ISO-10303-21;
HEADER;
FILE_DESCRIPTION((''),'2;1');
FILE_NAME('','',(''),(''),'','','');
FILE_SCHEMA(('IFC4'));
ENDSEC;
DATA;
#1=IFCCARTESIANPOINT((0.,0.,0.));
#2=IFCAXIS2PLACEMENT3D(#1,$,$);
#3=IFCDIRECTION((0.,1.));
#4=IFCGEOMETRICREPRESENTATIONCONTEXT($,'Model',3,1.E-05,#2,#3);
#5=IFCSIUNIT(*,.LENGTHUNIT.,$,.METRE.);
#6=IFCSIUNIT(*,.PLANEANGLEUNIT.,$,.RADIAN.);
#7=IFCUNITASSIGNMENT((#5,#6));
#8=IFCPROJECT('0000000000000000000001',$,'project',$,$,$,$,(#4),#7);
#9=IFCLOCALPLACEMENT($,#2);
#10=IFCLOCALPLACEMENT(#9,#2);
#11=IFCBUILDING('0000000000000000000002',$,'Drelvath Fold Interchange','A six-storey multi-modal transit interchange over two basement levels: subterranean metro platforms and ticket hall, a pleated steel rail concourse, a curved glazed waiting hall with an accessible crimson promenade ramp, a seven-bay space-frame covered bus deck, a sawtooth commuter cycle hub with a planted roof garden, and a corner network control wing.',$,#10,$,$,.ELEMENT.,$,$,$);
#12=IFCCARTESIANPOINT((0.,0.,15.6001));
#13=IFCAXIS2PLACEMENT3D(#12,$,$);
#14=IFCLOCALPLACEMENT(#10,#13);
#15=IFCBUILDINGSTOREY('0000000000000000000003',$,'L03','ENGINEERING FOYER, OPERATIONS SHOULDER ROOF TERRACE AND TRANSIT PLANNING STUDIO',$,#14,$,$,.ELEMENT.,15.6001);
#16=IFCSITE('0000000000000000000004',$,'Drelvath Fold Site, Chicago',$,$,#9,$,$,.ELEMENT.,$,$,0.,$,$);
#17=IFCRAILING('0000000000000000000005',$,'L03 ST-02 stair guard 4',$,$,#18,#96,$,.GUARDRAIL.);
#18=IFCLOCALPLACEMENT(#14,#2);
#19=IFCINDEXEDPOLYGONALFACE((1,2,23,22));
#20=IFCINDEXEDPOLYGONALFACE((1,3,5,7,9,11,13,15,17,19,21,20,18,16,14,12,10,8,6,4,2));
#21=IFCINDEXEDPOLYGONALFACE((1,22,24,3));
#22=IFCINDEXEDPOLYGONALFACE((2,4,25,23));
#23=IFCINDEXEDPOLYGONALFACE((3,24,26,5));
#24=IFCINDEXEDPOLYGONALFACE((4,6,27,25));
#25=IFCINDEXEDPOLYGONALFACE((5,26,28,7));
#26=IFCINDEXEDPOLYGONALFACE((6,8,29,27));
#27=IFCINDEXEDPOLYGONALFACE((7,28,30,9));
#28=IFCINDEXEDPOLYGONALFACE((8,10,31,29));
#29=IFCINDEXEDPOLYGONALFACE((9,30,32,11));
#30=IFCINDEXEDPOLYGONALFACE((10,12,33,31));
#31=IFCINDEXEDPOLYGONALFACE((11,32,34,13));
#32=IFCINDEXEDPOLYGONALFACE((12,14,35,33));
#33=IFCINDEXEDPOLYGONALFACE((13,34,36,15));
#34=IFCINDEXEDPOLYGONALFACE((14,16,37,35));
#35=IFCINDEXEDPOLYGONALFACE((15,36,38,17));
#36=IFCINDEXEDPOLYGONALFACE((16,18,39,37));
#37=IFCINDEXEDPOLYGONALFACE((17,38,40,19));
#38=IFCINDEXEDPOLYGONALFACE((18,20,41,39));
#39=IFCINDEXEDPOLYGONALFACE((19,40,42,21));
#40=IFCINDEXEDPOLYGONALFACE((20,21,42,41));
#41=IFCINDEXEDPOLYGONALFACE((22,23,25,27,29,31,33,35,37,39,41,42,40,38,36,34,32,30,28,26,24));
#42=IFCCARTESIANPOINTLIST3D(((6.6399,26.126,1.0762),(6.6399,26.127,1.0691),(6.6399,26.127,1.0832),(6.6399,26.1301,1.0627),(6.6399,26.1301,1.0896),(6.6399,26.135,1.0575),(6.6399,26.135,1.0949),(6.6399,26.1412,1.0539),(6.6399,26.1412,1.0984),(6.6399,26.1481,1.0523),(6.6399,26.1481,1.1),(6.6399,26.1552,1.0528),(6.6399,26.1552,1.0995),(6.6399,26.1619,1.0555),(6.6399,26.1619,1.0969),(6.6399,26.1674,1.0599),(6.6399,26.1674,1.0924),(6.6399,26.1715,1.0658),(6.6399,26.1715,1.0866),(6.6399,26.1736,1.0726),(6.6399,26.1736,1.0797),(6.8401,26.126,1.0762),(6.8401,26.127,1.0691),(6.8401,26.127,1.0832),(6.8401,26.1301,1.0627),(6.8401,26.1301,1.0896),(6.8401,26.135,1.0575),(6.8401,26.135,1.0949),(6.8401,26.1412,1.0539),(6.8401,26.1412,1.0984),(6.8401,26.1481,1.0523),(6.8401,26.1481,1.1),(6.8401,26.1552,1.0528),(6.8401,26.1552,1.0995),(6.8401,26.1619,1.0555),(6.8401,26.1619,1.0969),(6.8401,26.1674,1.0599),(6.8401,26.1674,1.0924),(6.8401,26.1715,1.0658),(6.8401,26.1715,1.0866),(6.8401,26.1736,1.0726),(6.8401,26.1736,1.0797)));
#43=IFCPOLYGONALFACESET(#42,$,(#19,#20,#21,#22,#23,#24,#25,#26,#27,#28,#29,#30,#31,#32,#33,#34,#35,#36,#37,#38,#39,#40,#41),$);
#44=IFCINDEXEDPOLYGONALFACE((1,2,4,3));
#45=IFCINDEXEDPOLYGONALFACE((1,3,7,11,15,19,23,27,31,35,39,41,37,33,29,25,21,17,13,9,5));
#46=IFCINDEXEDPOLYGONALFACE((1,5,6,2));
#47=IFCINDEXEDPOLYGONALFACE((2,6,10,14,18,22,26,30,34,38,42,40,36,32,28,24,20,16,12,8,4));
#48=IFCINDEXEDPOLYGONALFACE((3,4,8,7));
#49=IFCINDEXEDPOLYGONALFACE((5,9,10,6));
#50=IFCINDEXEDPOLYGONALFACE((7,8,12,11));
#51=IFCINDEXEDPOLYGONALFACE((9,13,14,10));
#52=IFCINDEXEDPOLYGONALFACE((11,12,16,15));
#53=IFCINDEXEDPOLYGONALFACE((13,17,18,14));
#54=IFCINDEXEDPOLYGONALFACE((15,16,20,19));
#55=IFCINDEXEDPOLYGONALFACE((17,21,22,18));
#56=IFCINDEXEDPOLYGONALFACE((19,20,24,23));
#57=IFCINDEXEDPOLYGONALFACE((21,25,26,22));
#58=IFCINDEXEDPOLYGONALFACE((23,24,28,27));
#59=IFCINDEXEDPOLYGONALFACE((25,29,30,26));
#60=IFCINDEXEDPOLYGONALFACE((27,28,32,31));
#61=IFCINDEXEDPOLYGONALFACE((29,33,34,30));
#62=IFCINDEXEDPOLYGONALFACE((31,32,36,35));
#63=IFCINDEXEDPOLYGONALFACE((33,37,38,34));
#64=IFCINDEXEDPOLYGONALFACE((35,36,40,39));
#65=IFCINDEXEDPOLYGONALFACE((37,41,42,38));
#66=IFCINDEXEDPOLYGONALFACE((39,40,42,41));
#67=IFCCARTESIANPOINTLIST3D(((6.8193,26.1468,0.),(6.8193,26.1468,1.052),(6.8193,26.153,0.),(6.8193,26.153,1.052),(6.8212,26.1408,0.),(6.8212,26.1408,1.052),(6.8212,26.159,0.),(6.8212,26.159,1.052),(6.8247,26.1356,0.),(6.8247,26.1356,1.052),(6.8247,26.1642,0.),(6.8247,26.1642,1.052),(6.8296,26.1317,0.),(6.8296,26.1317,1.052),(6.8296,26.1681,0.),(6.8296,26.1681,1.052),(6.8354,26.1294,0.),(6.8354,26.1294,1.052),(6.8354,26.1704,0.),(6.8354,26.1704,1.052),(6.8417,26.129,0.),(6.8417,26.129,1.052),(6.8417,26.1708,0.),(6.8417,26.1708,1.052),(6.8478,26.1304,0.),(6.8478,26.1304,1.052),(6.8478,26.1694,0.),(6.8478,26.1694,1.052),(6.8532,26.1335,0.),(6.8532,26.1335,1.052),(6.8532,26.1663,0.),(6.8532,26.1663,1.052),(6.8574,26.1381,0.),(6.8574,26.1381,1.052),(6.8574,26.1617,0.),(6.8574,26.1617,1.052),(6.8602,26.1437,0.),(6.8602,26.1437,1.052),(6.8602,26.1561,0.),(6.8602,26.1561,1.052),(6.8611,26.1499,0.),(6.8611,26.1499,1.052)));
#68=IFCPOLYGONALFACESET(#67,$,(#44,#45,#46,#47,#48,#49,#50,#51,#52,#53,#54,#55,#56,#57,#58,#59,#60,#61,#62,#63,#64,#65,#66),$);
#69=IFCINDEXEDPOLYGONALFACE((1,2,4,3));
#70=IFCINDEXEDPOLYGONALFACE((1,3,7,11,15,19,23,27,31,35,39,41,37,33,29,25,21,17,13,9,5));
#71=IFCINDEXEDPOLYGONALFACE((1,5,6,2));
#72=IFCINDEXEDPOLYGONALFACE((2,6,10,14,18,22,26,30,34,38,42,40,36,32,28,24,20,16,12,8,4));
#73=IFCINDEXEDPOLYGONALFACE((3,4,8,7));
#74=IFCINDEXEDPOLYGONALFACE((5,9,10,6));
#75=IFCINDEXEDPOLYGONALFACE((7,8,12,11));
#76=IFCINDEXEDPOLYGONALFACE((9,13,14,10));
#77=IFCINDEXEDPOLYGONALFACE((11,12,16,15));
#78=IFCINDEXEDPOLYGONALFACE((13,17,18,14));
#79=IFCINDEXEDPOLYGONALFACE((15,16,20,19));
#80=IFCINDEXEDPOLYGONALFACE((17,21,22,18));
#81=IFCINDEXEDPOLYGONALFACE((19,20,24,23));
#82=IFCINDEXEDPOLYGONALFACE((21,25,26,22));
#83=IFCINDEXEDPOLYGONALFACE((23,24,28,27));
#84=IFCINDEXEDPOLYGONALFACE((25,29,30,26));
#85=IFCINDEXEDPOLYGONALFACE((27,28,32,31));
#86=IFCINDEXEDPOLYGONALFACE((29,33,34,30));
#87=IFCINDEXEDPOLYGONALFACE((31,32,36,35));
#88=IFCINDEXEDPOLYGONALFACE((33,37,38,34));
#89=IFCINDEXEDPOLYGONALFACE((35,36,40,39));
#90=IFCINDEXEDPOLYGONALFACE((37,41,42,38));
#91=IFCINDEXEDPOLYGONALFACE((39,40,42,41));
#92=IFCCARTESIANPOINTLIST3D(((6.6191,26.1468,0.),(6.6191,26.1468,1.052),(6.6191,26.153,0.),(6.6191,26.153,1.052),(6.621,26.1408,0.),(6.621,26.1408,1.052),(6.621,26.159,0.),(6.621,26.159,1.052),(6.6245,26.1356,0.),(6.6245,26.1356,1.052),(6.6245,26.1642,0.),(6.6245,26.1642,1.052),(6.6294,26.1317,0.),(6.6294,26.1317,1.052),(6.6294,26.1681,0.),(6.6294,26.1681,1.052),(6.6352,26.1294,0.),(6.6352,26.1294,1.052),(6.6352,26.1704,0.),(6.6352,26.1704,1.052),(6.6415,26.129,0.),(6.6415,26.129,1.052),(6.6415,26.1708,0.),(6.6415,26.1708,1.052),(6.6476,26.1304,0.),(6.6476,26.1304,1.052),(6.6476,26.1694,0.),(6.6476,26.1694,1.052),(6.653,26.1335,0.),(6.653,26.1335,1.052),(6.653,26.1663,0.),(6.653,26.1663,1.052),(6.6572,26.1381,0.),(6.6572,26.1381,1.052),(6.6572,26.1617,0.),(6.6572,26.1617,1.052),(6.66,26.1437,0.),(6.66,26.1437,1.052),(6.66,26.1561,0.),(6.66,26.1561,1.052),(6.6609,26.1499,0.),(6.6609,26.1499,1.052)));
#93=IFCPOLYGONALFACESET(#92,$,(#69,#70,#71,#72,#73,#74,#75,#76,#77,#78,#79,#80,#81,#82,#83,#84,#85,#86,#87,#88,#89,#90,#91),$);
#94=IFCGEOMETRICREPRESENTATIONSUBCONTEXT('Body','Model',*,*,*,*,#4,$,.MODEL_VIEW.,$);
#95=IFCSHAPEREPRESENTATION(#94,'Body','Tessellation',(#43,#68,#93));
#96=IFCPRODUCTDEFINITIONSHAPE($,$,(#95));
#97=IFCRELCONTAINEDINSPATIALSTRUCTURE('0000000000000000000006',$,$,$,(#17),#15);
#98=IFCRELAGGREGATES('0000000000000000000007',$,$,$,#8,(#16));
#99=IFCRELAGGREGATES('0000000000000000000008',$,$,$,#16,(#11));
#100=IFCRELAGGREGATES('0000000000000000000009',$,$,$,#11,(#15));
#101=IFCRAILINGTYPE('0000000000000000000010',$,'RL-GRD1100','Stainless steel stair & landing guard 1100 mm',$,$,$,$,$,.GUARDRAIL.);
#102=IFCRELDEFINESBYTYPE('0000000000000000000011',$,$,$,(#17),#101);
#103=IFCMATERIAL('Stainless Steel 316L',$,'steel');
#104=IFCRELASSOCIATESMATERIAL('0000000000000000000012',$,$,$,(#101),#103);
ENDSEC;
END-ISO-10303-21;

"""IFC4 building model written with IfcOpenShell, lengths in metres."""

from ifc_helpers import new_model, si_unit, direction, frame, origin, origin_2d, place, context, subcontext, project, spatial, circle, extrude, material, type_object, element, save


model = new_model("IFC4")

# Units and contexts
model_context = context("Model", 3, precision=1e-05, world=origin(), true_north=direction((0.0, 1.0)))
body_context = subcontext(model_context, "Body", "Model", "MODEL_VIEW")
ifc_project = project(units=[si_unit("LENGTHUNIT", "METRE"), si_unit("PLANEANGLEUNIT", "RADIAN")], contexts=[model_context])

# Site, building, storey
site_placement = place(None, origin())
site = spatial("IfcSite", under=ifc_project, at=site_placement, Name="Drelvath Fold Site, Chicago", CompositionType="ELEMENT", RefElevation=0.0)
building_placement = place(site_placement, origin())
building = spatial("IfcBuilding", under=site, at=building_placement, Name="Drelvath Fold Interchange", Description="A six-storey multi-modal transit interchange over two basement levels: subterranean metro platforms and ticket hall, a pleated steel rail concourse, a curved glazed waiting hall with an accessible crimson promenade ramp, a seven-bay space-frame covered bus deck, a sawtooth commuter cycle hub with a planted roof garden, and a corner network control wing.", CompositionType="ELEMENT")
storey_placement = place(building_placement, frame((0.0, 0.0, 15.6001)))
storey = spatial("IfcBuildingStorey", under=building, at=storey_placement, Name="L03", Description="ENGINEERING FOYER, OPERATIONS SHOULDER ROOF TERRACE AND TRANSIT PLANNING STUDIO", CompositionType="ELEMENT", Elevation=15.6001)

# Railing
ifc_material_1 = material(Name="Stainless Steel 316L", Category="steel")
railing_type_1 = type_object("IfcRailingType", Name="RL-GRD1100", Description="Stainless steel stair & landing guard 1100 mm", PredefinedType="GUARDRAIL", material=ifc_material_1)
railing_1_placement = place(storey_placement, frame((6.8401, 26.1499, 0.0)))
element("IfcRailing", 1, at=railing_1_placement, inside=storey, type_object=railing_type_1, Name="L03 ST-02 stair guard 4", PredefinedType="GUARDRAIL", context=body_context, shape_type="SweptSolid", body=[
    extrude(circle(Radius=0.0239, at=origin_2d()), frame((0.0, 0.0, 1.0762), z_axis=(-1.0, 0.0, 0.0), x_axis=(0.0, -1.0, 0.0)), (0.0, 0.0, 1.0), 0.2002),
    extrude(circle(Radius=0.021, at=origin_2d()), origin(), (0.0, 0.0, 1.0), 1.052),
    extrude(circle(Radius=0.021, at=origin_2d()), frame((-0.2002, 0.0, 0.0)), (0.0, 0.0, 1.0), 1.052),
])

save(model, "model.ifc")
